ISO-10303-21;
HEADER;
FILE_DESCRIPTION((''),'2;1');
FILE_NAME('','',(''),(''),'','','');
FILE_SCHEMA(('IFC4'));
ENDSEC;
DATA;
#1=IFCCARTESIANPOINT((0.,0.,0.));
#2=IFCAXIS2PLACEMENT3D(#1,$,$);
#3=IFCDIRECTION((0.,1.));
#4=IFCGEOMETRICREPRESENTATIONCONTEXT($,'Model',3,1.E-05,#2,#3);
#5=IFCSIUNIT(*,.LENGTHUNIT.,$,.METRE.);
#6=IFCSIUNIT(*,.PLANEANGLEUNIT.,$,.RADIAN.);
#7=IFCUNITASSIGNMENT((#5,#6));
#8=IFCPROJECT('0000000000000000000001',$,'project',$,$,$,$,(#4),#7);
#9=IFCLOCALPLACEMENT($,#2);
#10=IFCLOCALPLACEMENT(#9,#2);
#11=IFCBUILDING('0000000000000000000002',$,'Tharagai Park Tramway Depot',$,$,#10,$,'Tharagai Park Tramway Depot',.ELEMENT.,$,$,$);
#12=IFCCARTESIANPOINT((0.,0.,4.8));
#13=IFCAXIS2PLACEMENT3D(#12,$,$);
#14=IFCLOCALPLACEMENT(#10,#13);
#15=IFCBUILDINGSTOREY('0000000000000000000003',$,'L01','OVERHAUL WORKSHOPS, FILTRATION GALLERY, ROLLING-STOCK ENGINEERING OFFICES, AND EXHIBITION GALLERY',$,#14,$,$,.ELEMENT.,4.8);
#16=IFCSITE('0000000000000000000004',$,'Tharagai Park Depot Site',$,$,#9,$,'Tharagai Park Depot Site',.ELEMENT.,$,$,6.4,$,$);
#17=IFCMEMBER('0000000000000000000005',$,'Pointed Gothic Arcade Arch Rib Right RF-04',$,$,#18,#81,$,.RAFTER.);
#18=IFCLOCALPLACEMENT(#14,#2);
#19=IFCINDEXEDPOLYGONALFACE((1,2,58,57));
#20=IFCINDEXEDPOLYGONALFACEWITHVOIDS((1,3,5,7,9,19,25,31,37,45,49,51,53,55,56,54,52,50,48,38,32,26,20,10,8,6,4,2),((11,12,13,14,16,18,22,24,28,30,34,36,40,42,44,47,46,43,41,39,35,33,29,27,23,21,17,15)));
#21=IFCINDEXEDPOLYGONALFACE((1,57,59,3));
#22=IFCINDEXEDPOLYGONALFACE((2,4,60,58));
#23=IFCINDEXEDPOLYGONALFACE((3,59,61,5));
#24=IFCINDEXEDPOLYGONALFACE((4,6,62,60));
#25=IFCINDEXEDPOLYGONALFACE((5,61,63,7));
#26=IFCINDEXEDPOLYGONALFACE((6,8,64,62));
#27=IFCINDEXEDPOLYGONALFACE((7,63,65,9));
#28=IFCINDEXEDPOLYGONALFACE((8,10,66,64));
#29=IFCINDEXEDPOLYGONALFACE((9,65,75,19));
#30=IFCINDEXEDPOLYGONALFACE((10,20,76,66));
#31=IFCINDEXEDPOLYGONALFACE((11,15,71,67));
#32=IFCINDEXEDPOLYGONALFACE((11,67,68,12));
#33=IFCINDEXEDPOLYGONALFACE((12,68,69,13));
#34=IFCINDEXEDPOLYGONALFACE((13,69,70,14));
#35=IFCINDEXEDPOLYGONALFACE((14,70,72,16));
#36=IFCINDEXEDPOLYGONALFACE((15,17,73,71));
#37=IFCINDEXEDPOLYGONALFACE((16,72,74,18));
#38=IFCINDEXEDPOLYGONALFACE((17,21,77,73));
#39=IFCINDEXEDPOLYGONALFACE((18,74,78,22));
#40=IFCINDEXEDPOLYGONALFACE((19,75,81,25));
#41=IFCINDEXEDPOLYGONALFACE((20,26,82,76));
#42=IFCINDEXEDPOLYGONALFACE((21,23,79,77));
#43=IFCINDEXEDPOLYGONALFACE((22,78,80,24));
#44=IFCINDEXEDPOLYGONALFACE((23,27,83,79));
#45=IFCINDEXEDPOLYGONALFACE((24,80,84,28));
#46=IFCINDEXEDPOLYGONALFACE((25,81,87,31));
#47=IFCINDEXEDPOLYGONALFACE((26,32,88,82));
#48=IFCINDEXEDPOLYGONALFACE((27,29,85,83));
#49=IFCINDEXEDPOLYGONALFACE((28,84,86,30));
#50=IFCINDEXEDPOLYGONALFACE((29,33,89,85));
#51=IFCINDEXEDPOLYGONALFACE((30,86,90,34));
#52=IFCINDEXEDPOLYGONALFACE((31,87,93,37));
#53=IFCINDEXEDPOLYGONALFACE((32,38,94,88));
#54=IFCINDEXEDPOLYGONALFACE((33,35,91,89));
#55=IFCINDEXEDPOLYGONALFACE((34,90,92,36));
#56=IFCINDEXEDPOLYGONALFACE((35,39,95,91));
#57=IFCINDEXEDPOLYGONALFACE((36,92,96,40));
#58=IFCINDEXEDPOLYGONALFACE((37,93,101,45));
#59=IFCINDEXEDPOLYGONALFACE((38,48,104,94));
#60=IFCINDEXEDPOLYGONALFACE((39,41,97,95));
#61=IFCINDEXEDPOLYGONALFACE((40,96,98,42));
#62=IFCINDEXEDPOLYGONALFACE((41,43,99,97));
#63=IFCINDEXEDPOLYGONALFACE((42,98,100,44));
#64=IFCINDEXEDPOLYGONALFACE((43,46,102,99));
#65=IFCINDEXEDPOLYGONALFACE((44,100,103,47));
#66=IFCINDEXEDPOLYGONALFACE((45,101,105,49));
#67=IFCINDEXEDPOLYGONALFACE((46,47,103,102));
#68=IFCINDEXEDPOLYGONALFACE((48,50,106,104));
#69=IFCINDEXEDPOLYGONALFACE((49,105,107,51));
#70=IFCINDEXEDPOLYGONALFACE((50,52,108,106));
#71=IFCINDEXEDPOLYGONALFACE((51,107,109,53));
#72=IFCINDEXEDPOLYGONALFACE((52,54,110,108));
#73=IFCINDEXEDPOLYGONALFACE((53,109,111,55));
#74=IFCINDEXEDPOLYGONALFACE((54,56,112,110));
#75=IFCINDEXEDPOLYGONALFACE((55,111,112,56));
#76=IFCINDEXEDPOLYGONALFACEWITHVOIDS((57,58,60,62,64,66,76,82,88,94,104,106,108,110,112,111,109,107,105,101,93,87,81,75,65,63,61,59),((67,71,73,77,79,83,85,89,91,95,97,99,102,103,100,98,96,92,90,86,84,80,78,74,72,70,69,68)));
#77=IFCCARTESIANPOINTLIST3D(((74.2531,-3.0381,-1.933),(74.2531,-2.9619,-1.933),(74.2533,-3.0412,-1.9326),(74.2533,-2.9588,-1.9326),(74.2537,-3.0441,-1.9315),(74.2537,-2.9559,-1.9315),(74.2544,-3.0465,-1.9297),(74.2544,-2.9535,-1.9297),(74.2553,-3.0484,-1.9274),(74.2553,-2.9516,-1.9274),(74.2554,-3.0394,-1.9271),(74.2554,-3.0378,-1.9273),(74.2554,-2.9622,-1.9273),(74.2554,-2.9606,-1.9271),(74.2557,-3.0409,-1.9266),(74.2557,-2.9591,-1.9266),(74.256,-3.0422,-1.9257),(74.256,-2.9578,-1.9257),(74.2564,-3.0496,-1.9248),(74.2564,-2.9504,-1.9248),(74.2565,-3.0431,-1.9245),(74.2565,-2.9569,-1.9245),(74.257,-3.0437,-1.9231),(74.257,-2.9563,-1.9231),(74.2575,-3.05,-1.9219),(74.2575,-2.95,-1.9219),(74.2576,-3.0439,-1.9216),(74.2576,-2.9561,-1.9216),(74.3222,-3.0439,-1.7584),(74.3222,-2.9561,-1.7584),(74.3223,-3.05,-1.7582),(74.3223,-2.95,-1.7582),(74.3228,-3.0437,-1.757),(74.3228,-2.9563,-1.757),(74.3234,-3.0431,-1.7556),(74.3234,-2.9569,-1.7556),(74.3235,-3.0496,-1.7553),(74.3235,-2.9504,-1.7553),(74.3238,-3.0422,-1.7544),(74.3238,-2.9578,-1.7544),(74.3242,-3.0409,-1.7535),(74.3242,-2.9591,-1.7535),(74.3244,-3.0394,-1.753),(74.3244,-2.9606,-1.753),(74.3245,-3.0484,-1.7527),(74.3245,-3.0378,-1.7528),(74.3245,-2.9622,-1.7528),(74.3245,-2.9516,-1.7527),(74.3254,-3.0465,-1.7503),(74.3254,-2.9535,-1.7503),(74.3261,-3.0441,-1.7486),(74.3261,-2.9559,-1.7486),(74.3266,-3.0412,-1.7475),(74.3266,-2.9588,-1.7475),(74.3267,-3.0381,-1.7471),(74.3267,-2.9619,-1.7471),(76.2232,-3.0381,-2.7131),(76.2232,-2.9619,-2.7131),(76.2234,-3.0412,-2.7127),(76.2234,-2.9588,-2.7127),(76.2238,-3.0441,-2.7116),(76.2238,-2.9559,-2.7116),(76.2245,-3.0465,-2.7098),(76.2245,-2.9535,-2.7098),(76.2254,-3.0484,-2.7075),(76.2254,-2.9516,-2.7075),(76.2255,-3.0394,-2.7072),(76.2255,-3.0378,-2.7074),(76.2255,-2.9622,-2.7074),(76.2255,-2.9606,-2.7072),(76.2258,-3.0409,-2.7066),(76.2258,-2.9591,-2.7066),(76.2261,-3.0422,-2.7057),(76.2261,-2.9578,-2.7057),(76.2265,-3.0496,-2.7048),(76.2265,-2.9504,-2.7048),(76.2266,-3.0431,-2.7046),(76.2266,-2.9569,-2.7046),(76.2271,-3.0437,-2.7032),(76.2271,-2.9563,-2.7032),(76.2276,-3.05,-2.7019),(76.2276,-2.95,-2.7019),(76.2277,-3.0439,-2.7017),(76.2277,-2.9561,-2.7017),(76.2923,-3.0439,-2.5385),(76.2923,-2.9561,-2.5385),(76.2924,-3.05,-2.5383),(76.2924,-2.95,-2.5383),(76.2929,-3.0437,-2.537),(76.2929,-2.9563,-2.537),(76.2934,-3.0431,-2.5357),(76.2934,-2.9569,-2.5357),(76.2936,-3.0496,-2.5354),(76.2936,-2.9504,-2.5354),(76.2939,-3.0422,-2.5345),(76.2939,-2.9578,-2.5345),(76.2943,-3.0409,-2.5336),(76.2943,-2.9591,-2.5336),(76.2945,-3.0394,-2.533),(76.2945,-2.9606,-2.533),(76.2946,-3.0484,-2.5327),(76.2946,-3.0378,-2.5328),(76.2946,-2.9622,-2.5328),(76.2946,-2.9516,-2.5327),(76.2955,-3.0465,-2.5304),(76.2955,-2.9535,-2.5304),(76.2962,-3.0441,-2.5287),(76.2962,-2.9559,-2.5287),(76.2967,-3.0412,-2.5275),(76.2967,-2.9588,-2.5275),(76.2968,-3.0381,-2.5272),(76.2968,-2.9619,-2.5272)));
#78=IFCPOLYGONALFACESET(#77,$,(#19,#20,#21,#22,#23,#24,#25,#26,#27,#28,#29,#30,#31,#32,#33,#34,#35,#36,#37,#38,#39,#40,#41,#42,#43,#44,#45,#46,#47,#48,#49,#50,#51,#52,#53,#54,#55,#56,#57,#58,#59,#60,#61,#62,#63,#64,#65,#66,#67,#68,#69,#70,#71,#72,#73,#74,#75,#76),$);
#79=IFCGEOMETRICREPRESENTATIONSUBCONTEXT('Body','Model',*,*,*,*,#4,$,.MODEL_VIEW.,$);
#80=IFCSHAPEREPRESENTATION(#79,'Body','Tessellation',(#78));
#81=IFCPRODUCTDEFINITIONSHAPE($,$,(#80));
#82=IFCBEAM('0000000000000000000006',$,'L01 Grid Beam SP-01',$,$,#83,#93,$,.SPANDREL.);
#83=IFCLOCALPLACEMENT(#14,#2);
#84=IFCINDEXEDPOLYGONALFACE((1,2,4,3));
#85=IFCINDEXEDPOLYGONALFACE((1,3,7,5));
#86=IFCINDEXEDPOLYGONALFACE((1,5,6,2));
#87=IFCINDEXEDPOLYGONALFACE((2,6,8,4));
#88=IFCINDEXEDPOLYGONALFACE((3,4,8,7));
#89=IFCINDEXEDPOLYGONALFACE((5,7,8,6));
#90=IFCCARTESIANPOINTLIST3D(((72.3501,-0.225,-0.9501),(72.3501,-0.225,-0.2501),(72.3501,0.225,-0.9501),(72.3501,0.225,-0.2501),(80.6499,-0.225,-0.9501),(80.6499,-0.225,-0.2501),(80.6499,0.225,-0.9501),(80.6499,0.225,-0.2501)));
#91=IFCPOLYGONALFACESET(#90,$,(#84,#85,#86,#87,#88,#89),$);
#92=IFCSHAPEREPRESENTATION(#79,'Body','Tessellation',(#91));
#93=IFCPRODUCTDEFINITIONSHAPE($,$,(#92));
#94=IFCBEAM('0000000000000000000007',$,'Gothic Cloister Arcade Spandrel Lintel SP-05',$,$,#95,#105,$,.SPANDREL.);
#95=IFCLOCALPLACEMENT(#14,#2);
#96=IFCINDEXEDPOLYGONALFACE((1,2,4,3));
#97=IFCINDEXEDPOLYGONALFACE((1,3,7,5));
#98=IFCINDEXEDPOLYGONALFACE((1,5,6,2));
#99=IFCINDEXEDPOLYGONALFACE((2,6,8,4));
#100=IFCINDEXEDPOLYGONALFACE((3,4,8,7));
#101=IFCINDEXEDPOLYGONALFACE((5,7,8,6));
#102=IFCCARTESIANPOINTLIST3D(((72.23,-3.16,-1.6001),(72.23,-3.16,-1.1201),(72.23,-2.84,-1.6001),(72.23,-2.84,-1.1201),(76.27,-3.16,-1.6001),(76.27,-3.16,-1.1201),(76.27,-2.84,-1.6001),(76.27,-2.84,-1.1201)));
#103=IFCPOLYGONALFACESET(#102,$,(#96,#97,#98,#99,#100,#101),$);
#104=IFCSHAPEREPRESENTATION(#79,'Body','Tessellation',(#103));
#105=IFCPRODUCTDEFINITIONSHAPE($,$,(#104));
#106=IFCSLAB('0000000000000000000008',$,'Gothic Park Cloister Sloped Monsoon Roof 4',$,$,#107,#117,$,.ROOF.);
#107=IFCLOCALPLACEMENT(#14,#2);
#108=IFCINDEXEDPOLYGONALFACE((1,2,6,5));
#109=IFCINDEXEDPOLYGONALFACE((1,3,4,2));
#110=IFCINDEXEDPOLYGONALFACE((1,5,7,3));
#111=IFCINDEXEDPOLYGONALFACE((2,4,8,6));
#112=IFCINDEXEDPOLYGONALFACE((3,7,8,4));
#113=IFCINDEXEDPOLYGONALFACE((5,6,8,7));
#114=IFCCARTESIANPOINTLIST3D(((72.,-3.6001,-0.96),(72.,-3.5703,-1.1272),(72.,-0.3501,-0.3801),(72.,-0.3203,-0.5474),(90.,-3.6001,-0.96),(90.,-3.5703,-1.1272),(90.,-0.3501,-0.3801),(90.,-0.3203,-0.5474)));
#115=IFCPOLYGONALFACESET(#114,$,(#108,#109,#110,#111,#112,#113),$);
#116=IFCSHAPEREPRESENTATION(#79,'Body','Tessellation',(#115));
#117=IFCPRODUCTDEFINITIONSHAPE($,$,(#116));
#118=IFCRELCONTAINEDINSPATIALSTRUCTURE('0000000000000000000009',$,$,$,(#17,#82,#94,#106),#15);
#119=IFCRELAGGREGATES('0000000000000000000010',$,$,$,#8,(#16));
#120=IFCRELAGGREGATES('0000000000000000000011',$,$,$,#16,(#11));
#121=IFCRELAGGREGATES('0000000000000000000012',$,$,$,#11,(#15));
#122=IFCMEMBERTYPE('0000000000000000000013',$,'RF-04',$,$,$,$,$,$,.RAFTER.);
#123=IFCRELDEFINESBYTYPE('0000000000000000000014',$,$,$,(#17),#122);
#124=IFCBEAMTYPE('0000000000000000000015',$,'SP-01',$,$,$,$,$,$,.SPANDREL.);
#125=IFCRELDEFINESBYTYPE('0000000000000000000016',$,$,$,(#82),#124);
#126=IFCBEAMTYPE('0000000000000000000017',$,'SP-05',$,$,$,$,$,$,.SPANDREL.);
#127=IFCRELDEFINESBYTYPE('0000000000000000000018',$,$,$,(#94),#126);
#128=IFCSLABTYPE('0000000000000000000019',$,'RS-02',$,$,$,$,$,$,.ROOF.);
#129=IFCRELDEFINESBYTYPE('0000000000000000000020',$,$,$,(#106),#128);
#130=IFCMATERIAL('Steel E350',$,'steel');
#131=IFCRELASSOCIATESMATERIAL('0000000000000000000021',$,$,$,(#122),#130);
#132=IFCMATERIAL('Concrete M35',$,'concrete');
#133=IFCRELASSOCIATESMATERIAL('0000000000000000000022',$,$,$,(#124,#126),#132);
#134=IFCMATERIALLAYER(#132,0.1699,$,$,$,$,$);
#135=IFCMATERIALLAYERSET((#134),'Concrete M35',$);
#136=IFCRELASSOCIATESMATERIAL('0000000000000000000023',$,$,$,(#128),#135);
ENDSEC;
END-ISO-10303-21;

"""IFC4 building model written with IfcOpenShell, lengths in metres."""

from ifc_helpers import new_model, si_unit, direction, frame, origin, origin_2d, place, context, subcontext, project, spatial, polyline, rectangle, hollow_rectangle, outline, extrude, material, layer, layer_set, material_profile, profile_set, type_object, element, save


model = new_model("IFC4")

# Units and contexts
model_context = context("Model", 3, precision=1e-05, world=origin(), true_north=direction((0.0, 1.0)))
body_context = subcontext(model_context, "Body", "Model", "MODEL_VIEW")
ifc_project = project(units=[si_unit("LENGTHUNIT", "METRE"), si_unit("PLANEANGLEUNIT", "RADIAN")], contexts=[model_context])

# Site, building, storey
site_placement = place(None, origin())
site = spatial("IfcSite", under=ifc_project, at=site_placement, Name="Tharagai Park Depot Site", LongName="Tharagai Park Depot Site", CompositionType="ELEMENT", RefElevation=6.4)
building_placement = place(site_placement, origin())
building = spatial("IfcBuilding", under=site, at=building_placement, Name="Tharagai Park Tramway Depot", LongName="Tharagai Park Tramway Depot", CompositionType="ELEMENT")
storey_placement = place(building_placement, frame((0.0, 0.0, 4.8)))
storey = spatial("IfcBuildingStorey", under=building, at=storey_placement, Name="L01", Description="OVERHAUL WORKSHOPS, FILTRATION GALLERY, ROLLING-STOCK ENGINEERING OFFICES, AND EXHIBITION GALLERY", CompositionType="ELEMENT", Elevation=4.8)

# Shared definitions
ifc_material_1 = material(Name="Concrete M35", Category="concrete")

# Member
ifc_material_2 = material(Name="Steel E350", Category="steel")
ifc_material_profile_1 = material_profile(ifc_material_2, hollow_rectangle(XDim=0.1001, YDim=0.2, WallThickness=0.0061, InnerFilletRadius=0.0061, OuterFilletRadius=0.012, at=origin_2d()), Name="RHS 200x100x6")
ifc_profile_set_1 = profile_set([ifc_material_profile_1], Name="Steel E350")
member_type_1 = type_object("IfcMemberType", Name="RF-04", PredefinedType="RAFTER", material=ifc_profile_set_1)
for number, where, z_axis, x_axis, name in (
    (1, (76.26, -3.0, -2.6201), (-0.929766, 0.0, 0.36815), (0.0, -1.0, 0.0), "Pointed Gothic Arcade Arch Rib Right RF-04"),
):
    element("IfcMember", number, at=place(storey_placement, frame(where, z_axis=z_axis, x_axis=x_axis)), inside=storey, type_object=member_type_1, Name=name, PredefinedType="RAFTER", context=body_context, shape_type="SweptSolid", body=[
        extrude(hollow_rectangle(XDim=0.1001, YDim=0.2, WallThickness=0.0061, InnerFilletRadius=0.0061, OuterFilletRadius=0.012, at=origin_2d()), origin(), (0.0, 0.0, 1.0), 2.1189),
    ])

# Beams
ifc_material_profile_2 = material_profile(ifc_material_1, rectangle(XDim=0.45, YDim=0.7, at=origin_2d()), Name="RC 450x700")
ifc_profile_set_2 = profile_set([ifc_material_profile_2], Name="Concrete M35")
beam_type_1 = type_object("IfcBeamType", Name="SP-01", PredefinedType="SPANDREL", material=ifc_profile_set_2)
beam_1_placement = place(storey_placement, frame((72.3501, 0.0, -0.6001), z_axis=(1.0, 0.0, 0.0), x_axis=(0.0, 1.0, 0.0)))
element("IfcBeam", 2, at=beam_1_placement, inside=storey, type_object=beam_type_1, Name="L01 Grid Beam SP-01", PredefinedType="SPANDREL", context=body_context, shape_type="SweptSolid", body=[
    extrude(rectangle(XDim=0.45, YDim=0.7, at=origin_2d()), origin(), (0.0, 0.0, 1.0), 8.2998),
])
ifc_material_profile_3 = material_profile(ifc_material_1, rectangle(XDim=0.3201, YDim=0.48, at=origin_2d()), Name="RC 320x480")
ifc_profile_set_3 = profile_set([ifc_material_profile_3], Name="Concrete M35")
beam_type_2 = type_object("IfcBeamType", Name="SP-05", PredefinedType="SPANDREL", material=ifc_profile_set_3)
beam_2_placement = place(storey_placement, frame((72.23, -3.0, -1.3601), z_axis=(1.0, 0.0, 0.0), x_axis=(0.0, 1.0, 0.0)))
element("IfcBeam", 3, at=beam_2_placement, inside=storey, type_object=beam_type_2, Name="Gothic Cloister Arcade Spandrel Lintel SP-05", PredefinedType="SPANDREL", context=body_context, shape_type="SweptSolid", body=[
    extrude(rectangle(XDim=0.3201, YDim=0.48, at=origin_2d()), origin(), (0.0, 0.0, 1.0), 4.04),
])

# Slab
ifc_layer_1 = layer(ifc_material_1, 0.1699)
ifc_layer_set_1 = layer_set([ifc_layer_1], Name="Concrete M35")
slab_type = type_object("IfcSlabType", Name="RS-02", PredefinedType="ROOF", material=ifc_layer_set_1)
slab_placement = place(storey_placement, frame((72.0, -3.6001, -0.96), z_axis=(0.0, -0.175637, 0.984455), x_axis=(1.0, 0.0, 0.0)))
element("IfcSlab", 4, at=slab_placement, inside=storey, type_object=slab_type, Name="Gothic Park Cloister Sloped Monsoon Roof 4", PredefinedType="ROOF", context=body_context, shape_type="SweptSolid", body=[
    extrude(outline(polyline([(0.0, 0.0), (18.0, 0.0), (18.0, 3.3013), (0.0, 3.3013), (0.0, 0.0)])), origin(), (0.0, 0.0, -1.0), 0.1699),
])

save(model, "model.ifc")
